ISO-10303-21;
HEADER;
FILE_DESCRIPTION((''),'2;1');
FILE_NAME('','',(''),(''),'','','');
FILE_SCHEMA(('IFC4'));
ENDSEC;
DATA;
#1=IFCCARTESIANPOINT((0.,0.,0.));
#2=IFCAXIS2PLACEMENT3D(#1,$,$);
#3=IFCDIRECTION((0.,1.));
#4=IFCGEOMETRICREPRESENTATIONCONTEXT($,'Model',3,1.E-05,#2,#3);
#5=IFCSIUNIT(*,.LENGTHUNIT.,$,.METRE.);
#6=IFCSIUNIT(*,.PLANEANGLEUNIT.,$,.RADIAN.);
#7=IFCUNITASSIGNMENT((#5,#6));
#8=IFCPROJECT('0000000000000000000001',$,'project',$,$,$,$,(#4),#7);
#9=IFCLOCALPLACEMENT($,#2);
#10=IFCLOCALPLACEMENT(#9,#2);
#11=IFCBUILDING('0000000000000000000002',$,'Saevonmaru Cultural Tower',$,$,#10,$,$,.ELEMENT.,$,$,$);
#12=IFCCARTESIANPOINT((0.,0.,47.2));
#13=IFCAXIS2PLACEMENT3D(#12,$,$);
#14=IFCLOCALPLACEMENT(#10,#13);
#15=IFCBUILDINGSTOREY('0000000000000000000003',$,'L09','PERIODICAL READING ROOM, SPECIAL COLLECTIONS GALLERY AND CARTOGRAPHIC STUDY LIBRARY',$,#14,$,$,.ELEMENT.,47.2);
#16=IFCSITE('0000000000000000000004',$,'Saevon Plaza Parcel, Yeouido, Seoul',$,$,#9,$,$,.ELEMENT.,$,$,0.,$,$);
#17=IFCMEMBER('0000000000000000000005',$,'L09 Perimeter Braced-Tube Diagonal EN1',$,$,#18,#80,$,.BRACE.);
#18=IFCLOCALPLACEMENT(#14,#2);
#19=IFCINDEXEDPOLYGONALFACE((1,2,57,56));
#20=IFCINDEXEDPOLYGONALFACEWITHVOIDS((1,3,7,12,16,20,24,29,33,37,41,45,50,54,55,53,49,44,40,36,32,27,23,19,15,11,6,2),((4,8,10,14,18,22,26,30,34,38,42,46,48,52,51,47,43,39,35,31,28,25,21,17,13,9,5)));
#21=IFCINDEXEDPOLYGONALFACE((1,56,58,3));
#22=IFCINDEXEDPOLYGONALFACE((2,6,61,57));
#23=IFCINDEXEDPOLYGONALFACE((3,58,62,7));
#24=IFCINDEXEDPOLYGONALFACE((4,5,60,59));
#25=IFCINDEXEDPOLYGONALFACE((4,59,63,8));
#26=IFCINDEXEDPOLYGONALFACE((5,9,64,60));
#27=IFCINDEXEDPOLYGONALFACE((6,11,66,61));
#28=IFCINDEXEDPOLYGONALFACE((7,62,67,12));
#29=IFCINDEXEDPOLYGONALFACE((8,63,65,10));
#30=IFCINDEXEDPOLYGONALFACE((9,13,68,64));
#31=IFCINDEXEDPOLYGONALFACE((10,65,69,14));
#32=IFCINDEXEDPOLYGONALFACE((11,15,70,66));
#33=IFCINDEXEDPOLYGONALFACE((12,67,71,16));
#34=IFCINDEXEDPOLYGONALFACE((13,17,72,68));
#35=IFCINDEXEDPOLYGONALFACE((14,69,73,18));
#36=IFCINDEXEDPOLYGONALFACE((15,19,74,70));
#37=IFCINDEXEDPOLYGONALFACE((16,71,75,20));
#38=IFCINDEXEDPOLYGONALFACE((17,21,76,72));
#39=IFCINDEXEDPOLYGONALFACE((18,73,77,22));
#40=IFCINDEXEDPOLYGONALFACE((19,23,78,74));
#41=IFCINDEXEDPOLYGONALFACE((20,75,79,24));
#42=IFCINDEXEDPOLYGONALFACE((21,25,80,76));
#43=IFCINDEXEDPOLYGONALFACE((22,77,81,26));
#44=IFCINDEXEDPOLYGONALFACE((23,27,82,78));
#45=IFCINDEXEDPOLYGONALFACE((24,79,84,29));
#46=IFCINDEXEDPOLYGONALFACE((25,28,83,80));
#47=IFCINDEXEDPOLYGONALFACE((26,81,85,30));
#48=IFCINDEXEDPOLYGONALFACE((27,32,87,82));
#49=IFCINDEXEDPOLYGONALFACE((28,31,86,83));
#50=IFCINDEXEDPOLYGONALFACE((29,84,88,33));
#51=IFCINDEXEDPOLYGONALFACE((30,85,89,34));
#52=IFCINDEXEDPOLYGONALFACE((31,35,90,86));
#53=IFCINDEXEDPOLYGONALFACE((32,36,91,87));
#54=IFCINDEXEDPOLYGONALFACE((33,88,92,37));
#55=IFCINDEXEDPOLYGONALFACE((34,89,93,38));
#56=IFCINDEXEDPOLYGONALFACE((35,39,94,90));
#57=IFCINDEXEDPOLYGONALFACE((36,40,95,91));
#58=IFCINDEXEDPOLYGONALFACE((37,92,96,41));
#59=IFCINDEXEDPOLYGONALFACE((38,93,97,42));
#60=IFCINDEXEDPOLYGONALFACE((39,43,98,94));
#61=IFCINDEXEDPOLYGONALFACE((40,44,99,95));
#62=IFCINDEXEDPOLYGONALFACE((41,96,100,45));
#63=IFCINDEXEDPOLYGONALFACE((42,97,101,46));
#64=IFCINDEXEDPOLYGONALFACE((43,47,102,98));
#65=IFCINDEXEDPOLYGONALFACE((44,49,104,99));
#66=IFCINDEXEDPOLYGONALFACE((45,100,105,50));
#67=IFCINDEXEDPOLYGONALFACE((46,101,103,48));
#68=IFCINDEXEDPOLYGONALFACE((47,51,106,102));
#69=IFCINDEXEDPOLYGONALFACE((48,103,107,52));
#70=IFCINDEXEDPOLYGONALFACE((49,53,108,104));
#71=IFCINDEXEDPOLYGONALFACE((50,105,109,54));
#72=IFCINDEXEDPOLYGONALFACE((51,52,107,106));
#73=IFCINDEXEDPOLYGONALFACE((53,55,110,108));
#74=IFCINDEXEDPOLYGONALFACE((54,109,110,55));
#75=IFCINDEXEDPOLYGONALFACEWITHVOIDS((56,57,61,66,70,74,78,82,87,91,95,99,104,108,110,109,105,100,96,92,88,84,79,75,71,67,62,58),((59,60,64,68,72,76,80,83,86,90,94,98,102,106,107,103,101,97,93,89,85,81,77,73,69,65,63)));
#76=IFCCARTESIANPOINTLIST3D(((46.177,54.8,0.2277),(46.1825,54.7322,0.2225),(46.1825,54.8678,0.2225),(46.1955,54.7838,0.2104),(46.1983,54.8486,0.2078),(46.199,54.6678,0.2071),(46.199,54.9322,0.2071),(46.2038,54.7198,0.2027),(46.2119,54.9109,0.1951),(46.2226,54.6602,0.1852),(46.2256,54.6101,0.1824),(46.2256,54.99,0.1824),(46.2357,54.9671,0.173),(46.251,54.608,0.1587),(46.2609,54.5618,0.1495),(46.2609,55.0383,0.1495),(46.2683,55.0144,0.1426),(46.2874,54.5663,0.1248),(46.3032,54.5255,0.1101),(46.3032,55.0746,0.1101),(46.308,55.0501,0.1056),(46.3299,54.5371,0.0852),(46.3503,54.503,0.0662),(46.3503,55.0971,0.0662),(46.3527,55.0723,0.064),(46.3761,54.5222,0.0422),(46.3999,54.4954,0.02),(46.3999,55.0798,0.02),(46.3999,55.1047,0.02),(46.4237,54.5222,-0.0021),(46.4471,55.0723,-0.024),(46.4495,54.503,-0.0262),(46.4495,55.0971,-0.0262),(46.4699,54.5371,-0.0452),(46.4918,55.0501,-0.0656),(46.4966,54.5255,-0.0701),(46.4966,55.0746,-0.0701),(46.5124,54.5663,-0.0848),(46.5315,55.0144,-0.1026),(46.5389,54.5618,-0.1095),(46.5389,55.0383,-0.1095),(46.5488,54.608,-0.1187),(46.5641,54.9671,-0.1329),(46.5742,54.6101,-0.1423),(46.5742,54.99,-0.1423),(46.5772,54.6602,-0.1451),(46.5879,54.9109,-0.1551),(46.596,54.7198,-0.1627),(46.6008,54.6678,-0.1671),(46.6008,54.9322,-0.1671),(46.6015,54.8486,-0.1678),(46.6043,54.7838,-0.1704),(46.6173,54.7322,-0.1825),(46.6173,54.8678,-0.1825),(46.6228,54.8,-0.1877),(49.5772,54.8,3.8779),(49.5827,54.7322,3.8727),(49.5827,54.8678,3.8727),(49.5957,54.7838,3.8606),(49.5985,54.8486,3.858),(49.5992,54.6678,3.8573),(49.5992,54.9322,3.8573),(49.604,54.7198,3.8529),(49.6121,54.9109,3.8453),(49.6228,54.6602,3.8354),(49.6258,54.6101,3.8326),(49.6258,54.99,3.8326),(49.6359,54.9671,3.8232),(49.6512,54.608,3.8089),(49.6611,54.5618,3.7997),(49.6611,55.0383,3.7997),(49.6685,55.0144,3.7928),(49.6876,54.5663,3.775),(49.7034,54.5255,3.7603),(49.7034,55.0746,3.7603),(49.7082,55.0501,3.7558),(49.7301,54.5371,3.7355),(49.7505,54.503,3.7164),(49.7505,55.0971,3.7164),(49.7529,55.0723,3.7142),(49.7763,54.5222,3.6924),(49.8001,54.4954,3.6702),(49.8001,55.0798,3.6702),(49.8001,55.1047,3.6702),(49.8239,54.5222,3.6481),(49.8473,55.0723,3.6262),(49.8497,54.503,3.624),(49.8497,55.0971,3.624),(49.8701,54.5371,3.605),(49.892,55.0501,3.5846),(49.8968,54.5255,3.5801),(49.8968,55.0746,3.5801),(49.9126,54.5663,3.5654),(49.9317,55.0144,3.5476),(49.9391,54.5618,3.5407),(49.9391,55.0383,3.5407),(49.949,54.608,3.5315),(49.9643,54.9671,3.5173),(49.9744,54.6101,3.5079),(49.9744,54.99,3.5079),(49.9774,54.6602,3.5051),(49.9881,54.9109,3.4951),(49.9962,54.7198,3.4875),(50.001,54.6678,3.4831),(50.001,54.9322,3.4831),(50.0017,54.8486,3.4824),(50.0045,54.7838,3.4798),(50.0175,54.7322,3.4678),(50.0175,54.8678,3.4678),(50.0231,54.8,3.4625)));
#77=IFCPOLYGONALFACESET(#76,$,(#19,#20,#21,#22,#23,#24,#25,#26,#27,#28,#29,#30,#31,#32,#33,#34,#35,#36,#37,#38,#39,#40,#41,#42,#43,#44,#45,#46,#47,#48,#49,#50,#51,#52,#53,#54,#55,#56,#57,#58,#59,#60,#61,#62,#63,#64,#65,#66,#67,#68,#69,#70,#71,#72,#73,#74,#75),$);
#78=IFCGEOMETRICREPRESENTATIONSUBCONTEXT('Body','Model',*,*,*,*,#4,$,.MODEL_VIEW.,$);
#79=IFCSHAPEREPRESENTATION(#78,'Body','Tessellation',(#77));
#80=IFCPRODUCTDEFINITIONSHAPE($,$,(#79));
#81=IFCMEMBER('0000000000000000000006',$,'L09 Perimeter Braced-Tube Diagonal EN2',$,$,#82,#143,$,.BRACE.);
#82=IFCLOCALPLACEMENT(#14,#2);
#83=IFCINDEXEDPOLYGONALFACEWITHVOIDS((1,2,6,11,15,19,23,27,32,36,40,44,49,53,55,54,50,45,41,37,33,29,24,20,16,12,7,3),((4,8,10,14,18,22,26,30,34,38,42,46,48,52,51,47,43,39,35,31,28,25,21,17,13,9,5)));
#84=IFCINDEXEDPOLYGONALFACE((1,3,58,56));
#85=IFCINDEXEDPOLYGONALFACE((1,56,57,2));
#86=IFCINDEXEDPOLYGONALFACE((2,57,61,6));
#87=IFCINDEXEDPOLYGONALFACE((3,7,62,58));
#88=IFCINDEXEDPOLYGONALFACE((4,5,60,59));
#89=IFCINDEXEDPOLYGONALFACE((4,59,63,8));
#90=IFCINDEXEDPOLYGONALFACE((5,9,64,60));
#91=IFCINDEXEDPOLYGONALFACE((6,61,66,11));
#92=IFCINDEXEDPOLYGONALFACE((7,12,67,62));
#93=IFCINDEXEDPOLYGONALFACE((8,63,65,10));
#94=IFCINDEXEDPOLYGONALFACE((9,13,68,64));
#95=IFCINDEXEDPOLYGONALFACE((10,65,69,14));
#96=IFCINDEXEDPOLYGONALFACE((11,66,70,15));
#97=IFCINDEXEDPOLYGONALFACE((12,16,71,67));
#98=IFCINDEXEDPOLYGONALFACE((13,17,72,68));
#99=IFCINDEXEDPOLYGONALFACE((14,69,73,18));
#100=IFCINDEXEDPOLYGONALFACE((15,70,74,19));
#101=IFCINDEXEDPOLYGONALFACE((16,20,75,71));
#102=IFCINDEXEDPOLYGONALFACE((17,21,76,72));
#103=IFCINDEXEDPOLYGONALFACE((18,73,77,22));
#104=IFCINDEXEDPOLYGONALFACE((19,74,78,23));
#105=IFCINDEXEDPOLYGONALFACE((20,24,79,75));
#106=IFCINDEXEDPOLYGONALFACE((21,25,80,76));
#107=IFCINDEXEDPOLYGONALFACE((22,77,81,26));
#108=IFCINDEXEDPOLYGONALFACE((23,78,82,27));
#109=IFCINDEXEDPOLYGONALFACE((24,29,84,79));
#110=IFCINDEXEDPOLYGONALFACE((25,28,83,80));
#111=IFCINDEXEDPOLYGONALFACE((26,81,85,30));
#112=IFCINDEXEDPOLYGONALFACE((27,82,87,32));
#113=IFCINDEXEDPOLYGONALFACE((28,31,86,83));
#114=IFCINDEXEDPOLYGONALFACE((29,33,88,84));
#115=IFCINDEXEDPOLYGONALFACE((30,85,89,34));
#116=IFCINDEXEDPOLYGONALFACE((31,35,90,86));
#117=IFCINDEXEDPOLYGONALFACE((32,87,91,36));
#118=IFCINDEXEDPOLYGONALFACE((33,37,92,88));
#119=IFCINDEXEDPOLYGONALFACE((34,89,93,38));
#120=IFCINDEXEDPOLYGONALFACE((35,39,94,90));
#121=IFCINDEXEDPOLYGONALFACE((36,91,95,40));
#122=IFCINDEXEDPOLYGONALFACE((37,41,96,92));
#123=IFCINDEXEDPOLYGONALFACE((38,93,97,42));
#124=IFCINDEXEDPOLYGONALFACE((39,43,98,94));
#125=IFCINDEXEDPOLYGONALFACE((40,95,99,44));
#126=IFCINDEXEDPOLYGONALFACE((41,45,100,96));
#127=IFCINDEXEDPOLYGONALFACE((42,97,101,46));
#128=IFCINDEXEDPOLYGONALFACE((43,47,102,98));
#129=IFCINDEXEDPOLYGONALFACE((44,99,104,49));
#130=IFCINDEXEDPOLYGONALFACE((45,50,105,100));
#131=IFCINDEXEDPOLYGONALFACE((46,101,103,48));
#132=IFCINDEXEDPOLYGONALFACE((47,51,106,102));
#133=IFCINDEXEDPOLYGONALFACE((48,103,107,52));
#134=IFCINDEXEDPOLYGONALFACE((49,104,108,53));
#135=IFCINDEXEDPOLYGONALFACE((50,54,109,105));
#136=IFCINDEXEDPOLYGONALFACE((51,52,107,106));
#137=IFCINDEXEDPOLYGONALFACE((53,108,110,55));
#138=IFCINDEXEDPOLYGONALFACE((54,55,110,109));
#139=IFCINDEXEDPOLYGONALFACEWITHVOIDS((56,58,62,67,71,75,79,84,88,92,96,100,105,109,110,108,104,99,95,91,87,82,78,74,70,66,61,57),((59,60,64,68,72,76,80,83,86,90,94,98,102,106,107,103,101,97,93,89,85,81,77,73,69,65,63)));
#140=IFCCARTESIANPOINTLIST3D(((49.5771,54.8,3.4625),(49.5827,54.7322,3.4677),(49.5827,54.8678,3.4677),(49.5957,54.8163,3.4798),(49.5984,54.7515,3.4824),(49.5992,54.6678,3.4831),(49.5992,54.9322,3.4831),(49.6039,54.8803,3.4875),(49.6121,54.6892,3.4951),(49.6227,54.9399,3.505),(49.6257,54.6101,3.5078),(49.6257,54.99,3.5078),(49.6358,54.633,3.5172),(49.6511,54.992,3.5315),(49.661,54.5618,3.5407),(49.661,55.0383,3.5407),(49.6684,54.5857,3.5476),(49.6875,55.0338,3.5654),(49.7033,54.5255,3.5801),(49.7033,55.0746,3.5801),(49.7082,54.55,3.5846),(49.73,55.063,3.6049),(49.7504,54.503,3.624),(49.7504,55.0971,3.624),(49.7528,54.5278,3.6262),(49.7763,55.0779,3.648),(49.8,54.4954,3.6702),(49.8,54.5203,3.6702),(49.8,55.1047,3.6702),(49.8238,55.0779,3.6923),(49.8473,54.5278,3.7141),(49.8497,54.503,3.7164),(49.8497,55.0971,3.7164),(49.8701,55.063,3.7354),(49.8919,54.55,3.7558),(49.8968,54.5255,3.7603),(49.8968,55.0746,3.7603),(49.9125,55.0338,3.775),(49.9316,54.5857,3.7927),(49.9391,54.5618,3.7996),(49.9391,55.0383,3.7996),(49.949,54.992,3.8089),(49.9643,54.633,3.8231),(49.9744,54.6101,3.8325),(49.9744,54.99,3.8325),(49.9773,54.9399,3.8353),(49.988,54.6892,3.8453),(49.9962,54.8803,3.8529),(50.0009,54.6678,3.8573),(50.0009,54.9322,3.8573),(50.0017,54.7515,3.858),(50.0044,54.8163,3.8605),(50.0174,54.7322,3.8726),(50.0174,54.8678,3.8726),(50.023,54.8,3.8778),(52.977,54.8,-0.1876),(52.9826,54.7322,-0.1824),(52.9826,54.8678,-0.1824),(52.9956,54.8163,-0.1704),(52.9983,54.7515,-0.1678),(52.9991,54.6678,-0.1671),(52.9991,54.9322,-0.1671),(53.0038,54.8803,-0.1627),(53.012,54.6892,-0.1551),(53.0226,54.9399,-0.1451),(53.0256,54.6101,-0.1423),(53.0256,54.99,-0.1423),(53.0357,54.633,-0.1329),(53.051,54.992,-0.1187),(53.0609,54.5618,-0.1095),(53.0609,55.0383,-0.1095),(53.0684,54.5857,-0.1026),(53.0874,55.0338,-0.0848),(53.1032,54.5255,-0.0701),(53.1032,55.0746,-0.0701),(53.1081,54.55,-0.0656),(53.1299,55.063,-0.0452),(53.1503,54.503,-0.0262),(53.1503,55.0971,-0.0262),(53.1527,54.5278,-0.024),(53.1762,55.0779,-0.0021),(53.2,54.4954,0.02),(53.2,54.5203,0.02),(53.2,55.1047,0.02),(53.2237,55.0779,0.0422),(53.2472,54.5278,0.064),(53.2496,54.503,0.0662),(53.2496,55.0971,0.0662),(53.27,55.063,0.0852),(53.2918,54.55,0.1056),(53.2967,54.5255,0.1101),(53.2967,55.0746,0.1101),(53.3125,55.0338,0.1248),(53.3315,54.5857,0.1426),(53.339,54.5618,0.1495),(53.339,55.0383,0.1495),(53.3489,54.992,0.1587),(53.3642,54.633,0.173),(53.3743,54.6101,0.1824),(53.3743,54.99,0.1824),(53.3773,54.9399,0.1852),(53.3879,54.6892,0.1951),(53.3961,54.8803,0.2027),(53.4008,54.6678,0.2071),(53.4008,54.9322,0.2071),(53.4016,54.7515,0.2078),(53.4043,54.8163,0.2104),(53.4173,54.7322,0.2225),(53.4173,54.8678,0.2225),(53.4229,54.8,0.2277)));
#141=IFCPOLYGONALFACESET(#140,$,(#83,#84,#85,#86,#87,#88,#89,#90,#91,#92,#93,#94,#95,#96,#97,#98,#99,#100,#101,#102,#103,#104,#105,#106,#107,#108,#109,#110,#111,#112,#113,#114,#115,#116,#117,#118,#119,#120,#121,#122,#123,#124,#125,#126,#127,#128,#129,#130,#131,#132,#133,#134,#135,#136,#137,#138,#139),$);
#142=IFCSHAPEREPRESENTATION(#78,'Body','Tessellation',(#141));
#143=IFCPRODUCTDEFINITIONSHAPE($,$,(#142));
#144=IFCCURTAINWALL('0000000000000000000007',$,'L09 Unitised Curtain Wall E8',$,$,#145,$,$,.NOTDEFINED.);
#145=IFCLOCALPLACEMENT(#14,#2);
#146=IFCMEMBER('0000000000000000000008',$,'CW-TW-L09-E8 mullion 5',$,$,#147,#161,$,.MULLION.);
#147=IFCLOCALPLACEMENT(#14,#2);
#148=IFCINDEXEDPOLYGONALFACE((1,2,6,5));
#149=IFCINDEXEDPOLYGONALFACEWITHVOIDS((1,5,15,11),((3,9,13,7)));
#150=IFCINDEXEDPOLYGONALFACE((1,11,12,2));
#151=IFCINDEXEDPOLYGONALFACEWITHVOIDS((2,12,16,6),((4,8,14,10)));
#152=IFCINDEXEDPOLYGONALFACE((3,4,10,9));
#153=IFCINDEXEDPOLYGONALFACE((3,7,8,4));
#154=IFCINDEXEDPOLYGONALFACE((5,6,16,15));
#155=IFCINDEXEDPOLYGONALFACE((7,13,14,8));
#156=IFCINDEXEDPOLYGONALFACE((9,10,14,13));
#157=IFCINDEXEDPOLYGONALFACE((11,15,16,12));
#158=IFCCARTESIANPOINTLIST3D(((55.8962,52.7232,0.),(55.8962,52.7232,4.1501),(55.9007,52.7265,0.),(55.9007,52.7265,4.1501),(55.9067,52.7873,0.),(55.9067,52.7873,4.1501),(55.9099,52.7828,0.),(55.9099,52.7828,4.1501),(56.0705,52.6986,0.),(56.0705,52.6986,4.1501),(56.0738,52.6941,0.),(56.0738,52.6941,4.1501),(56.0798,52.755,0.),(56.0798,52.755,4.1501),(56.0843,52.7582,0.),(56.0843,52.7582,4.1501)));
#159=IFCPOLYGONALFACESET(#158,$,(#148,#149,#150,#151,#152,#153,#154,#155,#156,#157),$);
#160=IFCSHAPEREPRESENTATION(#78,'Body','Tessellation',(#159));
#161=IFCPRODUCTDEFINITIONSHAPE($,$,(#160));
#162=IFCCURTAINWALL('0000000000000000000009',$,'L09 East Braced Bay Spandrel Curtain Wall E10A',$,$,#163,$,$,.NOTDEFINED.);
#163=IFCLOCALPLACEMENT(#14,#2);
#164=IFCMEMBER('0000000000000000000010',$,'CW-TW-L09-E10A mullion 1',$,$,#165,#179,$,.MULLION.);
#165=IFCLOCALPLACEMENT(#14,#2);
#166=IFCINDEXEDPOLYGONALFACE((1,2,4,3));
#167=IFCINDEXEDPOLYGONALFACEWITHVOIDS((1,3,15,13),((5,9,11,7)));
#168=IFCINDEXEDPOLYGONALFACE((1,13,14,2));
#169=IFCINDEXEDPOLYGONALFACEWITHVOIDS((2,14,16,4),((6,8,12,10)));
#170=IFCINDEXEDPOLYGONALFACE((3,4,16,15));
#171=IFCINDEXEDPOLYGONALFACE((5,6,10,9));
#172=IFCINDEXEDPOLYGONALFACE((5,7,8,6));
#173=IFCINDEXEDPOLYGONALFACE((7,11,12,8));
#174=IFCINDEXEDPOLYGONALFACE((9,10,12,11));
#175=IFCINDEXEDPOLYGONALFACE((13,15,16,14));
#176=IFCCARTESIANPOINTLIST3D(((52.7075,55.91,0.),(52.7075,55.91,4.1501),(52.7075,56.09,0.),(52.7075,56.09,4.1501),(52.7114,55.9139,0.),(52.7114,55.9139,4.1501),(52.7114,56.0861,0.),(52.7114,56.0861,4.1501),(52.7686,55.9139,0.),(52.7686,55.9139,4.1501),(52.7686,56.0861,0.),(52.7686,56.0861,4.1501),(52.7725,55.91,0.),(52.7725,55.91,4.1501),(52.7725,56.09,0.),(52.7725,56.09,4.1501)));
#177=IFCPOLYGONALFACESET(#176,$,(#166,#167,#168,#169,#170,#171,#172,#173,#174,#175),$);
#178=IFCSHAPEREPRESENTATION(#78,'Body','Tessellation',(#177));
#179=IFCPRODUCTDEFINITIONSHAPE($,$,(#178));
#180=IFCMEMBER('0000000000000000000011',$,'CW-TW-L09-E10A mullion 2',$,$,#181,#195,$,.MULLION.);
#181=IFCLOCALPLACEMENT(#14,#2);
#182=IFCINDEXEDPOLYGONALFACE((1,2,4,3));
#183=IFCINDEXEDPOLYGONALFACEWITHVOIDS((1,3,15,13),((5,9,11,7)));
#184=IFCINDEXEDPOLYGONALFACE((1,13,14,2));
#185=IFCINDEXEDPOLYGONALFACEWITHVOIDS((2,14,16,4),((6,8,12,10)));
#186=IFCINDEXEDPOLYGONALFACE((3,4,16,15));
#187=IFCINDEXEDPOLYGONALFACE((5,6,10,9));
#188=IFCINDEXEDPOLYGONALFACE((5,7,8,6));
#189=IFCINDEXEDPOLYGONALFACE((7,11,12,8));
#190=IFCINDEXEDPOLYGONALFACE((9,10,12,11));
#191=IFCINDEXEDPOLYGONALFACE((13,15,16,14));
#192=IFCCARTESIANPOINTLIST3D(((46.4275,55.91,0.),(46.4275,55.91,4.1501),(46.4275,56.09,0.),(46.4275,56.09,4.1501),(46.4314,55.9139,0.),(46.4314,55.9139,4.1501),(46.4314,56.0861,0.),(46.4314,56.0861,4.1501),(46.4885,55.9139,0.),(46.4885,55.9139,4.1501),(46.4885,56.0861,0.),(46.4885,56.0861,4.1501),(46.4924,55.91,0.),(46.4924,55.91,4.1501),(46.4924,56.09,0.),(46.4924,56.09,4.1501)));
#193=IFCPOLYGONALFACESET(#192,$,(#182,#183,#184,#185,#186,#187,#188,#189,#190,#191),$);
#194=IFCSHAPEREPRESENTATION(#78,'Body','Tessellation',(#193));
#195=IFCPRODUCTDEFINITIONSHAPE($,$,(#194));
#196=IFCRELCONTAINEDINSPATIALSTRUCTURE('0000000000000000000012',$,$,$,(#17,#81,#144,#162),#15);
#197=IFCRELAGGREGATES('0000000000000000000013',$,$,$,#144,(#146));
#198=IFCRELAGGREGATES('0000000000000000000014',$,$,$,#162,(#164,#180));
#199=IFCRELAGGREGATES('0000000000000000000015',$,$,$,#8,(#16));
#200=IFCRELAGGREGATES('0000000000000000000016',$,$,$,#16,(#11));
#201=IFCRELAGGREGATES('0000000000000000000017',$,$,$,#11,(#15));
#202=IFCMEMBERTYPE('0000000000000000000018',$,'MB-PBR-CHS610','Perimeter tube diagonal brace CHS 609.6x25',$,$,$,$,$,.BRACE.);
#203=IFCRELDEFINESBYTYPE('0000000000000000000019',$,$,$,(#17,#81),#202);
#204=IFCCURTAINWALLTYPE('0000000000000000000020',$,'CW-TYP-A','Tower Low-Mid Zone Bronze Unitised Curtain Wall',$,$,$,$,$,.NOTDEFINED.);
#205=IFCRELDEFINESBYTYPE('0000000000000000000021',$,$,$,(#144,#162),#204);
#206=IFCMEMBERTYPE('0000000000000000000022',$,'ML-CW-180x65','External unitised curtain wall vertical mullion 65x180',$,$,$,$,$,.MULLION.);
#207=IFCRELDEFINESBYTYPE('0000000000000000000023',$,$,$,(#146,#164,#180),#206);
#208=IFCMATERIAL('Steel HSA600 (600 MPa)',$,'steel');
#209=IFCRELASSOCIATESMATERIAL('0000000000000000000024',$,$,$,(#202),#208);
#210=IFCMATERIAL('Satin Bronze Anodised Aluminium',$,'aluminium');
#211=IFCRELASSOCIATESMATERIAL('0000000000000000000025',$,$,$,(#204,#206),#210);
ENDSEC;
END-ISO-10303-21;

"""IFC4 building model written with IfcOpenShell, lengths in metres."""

from ifc_helpers import new_model, si_unit, direction, frame, origin, origin_2d, place, context, subcontext, project, spatial, hollow_rectangle, hollow_circle, extrude, material, material_profile, profile_set, type_object, element, aggregate, save


model = new_model("IFC4")

# Units and contexts
model_context = context("Model", 3, precision=1e-05, world=origin(), true_north=direction((0.0, 1.0)))
body_context = subcontext(model_context, "Body", "Model", "MODEL_VIEW")
ifc_project = project(units=[si_unit("LENGTHUNIT", "METRE"), si_unit("PLANEANGLEUNIT", "RADIAN")], contexts=[model_context])

# Site, building, storey
site_placement = place(None, origin())
site = spatial("IfcSite", under=ifc_project, at=site_placement, Name="Saevon Plaza Parcel, Yeouido, Seoul", CompositionType="ELEMENT", RefElevation=0.0)
building_placement = place(site_placement, origin())
building = spatial("IfcBuilding", under=site, at=building_placement, Name="Saevonmaru Cultural Tower", CompositionType="ELEMENT")
storey_placement = place(building_placement, frame((0.0, 0.0, 47.2)))
storey = spatial("IfcBuildingStorey", under=building, at=storey_placement, Name="L09", Description="PERIODICAL READING ROOM, SPECIAL COLLECTIONS GALLERY AND CARTOGRAPHIC STUDY LIBRARY", CompositionType="ELEMENT", Elevation=47.2)

# Shared definitions
ifc_material_1 = material(Name="Steel HSA600 (600 MPa)", Category="steel")

# Members
ifc_material_profile_1 = material_profile(ifc_material_1, hollow_circle(Radius=0.3047, WallThickness=0.0249, at=origin_2d()), Name="CHS-609.6x25")
ifc_profile_set_1 = profile_set([ifc_material_profile_1], Name="Steel HSA600 (600 MPa)")
member_type_1 = type_object("IfcMemberType", Name="MB-PBR-CHS610", Description="Perimeter tube diagonal brace CHS 609.6x25", PredefinedType="BRACE", material=ifc_profile_set_1)
member_1_placement = place(storey_placement, frame((46.3999, 54.8, 0.02), z_axis=(0.681605, 0.0, 0.731721), x_axis=(0.0, 1.0, 0.0)))
element("IfcMember", 1, at=member_1_placement, inside=storey, type_object=member_type_1, Name="L09 Perimeter Braced-Tube Diagonal EN1", PredefinedType="BRACE", context=body_context, shape_type="SweptSolid", body=[
    extrude(hollow_circle(Radius=0.3047, WallThickness=0.0249, at=origin_2d()), origin(), (0.0, 0.0, 1.0), 4.9885),
])
member_2_placement = place(storey_placement, frame((53.2, 54.8, 0.02), z_axis=(-0.681579, 0.0, 0.731745), x_axis=(0.0, -1.0, 0.0)))
element("IfcMember", 2, at=member_2_placement, inside=storey, type_object=member_type_1, Name="L09 Perimeter Braced-Tube Diagonal EN2", PredefinedType="BRACE", context=body_context, shape_type="SweptSolid", body=[
    extrude(hollow_circle(Radius=0.3047, WallThickness=0.0249, at=origin_2d()), origin(), (0.0, 0.0, 1.0), 4.9883),
])

# Curtain wall, member
ifc_material_2 = material(Name="Satin Bronze Anodised Aluminium", Category="aluminium")
curtain_wall_type = type_object("IfcCurtainWallType", Name="CW-TYP-A", Description="Tower Low-Mid Zone Bronze Unitised Curtain Wall", PredefinedType="NOTDEFINED", material=ifc_material_2)
curtain_wall_1_placement = place(storey_placement, origin())
curtain_wall_1 = element("IfcCurtainWall", 3, at=curtain_wall_1_placement, inside=storey, type_object=curtain_wall_type, Name="L09 Unitised Curtain Wall E8", PredefinedType="NOTDEFINED")
ifc_material_profile_2 = material_profile(ifc_material_2, hollow_rectangle(XDim=0.0649, YDim=0.1799, WallThickness=0.0039, at=origin_2d()), Name="ALU-MULL-180x65x4")
ifc_profile_set_2 = profile_set([ifc_material_profile_2], Name="Satin Bronze Anodised Aluminium")
member_type_2 = type_object("IfcMemberType", Name="ML-CW-180x65", Description="External unitised curtain wall vertical mullion 65x180", PredefinedType="MULLION", material=ifc_profile_set_2)
member_3_placement = place(storey_placement, frame((55.9902, 52.7407, 0.0), z_axis=(0.0, 0.0, 1.0), x_axis=(0.161709, 0.986839, 0.0)))
member_3 = element("IfcMember", 4, at=member_3_placement, type_object=member_type_2, Name="CW-TW-L09-E8 mullion 5", PredefinedType="MULLION", context=body_context, shape_type="SweptSolid", body=[
    extrude(hollow_rectangle(XDim=0.0649, YDim=0.1799, WallThickness=0.0039, at=origin_2d()), origin(), (0.0, 0.0, 1.0), 4.1501),
])

# Curtain wall, members
curtain_wall_2_placement = place(storey_placement, origin())
curtain_wall_2 = element("IfcCurtainWall", 5, at=curtain_wall_2_placement, inside=storey, type_object=curtain_wall_type, Name="L09 East Braced Bay Spandrel Curtain Wall E10A", PredefinedType="NOTDEFINED")
member_4_placement = place(storey_placement, frame((52.74, 56.0, 0.0), z_axis=(0.0, 0.0, 1.0), x_axis=(-1.0, 0.0, 0.0)))
member_4 = element("IfcMember", 6, at=member_4_placement, type_object=member_type_2, Name="CW-TW-L09-E10A mullion 1", PredefinedType="MULLION", context=body_context, shape_type="SweptSolid", body=[
    extrude(hollow_rectangle(XDim=0.0649, YDim=0.1799, WallThickness=0.0039, at=origin_2d()), origin(), (0.0, 0.0, 1.0), 4.1501),
])
member_5_placement = place(storey_placement, frame((46.46, 56.0, 0.0), z_axis=(0.0, 0.0, 1.0), x_axis=(-1.0, 0.0, 0.0)))
member_5 = element("IfcMember", 7, at=member_5_placement, type_object=member_type_2, Name="CW-TW-L09-E10A mullion 2", PredefinedType="MULLION", context=body_context, shape_type="SweptSolid", body=[
    extrude(hollow_rectangle(XDim=0.0649, YDim=0.1799, WallThickness=0.0039, at=origin_2d()), origin(), (0.0, 0.0, 1.0), 4.1501),
])

aggregate(curtain_wall_1, [member_3])
aggregate(curtain_wall_2, [member_4, member_5])

save(model, "model.ifc")
